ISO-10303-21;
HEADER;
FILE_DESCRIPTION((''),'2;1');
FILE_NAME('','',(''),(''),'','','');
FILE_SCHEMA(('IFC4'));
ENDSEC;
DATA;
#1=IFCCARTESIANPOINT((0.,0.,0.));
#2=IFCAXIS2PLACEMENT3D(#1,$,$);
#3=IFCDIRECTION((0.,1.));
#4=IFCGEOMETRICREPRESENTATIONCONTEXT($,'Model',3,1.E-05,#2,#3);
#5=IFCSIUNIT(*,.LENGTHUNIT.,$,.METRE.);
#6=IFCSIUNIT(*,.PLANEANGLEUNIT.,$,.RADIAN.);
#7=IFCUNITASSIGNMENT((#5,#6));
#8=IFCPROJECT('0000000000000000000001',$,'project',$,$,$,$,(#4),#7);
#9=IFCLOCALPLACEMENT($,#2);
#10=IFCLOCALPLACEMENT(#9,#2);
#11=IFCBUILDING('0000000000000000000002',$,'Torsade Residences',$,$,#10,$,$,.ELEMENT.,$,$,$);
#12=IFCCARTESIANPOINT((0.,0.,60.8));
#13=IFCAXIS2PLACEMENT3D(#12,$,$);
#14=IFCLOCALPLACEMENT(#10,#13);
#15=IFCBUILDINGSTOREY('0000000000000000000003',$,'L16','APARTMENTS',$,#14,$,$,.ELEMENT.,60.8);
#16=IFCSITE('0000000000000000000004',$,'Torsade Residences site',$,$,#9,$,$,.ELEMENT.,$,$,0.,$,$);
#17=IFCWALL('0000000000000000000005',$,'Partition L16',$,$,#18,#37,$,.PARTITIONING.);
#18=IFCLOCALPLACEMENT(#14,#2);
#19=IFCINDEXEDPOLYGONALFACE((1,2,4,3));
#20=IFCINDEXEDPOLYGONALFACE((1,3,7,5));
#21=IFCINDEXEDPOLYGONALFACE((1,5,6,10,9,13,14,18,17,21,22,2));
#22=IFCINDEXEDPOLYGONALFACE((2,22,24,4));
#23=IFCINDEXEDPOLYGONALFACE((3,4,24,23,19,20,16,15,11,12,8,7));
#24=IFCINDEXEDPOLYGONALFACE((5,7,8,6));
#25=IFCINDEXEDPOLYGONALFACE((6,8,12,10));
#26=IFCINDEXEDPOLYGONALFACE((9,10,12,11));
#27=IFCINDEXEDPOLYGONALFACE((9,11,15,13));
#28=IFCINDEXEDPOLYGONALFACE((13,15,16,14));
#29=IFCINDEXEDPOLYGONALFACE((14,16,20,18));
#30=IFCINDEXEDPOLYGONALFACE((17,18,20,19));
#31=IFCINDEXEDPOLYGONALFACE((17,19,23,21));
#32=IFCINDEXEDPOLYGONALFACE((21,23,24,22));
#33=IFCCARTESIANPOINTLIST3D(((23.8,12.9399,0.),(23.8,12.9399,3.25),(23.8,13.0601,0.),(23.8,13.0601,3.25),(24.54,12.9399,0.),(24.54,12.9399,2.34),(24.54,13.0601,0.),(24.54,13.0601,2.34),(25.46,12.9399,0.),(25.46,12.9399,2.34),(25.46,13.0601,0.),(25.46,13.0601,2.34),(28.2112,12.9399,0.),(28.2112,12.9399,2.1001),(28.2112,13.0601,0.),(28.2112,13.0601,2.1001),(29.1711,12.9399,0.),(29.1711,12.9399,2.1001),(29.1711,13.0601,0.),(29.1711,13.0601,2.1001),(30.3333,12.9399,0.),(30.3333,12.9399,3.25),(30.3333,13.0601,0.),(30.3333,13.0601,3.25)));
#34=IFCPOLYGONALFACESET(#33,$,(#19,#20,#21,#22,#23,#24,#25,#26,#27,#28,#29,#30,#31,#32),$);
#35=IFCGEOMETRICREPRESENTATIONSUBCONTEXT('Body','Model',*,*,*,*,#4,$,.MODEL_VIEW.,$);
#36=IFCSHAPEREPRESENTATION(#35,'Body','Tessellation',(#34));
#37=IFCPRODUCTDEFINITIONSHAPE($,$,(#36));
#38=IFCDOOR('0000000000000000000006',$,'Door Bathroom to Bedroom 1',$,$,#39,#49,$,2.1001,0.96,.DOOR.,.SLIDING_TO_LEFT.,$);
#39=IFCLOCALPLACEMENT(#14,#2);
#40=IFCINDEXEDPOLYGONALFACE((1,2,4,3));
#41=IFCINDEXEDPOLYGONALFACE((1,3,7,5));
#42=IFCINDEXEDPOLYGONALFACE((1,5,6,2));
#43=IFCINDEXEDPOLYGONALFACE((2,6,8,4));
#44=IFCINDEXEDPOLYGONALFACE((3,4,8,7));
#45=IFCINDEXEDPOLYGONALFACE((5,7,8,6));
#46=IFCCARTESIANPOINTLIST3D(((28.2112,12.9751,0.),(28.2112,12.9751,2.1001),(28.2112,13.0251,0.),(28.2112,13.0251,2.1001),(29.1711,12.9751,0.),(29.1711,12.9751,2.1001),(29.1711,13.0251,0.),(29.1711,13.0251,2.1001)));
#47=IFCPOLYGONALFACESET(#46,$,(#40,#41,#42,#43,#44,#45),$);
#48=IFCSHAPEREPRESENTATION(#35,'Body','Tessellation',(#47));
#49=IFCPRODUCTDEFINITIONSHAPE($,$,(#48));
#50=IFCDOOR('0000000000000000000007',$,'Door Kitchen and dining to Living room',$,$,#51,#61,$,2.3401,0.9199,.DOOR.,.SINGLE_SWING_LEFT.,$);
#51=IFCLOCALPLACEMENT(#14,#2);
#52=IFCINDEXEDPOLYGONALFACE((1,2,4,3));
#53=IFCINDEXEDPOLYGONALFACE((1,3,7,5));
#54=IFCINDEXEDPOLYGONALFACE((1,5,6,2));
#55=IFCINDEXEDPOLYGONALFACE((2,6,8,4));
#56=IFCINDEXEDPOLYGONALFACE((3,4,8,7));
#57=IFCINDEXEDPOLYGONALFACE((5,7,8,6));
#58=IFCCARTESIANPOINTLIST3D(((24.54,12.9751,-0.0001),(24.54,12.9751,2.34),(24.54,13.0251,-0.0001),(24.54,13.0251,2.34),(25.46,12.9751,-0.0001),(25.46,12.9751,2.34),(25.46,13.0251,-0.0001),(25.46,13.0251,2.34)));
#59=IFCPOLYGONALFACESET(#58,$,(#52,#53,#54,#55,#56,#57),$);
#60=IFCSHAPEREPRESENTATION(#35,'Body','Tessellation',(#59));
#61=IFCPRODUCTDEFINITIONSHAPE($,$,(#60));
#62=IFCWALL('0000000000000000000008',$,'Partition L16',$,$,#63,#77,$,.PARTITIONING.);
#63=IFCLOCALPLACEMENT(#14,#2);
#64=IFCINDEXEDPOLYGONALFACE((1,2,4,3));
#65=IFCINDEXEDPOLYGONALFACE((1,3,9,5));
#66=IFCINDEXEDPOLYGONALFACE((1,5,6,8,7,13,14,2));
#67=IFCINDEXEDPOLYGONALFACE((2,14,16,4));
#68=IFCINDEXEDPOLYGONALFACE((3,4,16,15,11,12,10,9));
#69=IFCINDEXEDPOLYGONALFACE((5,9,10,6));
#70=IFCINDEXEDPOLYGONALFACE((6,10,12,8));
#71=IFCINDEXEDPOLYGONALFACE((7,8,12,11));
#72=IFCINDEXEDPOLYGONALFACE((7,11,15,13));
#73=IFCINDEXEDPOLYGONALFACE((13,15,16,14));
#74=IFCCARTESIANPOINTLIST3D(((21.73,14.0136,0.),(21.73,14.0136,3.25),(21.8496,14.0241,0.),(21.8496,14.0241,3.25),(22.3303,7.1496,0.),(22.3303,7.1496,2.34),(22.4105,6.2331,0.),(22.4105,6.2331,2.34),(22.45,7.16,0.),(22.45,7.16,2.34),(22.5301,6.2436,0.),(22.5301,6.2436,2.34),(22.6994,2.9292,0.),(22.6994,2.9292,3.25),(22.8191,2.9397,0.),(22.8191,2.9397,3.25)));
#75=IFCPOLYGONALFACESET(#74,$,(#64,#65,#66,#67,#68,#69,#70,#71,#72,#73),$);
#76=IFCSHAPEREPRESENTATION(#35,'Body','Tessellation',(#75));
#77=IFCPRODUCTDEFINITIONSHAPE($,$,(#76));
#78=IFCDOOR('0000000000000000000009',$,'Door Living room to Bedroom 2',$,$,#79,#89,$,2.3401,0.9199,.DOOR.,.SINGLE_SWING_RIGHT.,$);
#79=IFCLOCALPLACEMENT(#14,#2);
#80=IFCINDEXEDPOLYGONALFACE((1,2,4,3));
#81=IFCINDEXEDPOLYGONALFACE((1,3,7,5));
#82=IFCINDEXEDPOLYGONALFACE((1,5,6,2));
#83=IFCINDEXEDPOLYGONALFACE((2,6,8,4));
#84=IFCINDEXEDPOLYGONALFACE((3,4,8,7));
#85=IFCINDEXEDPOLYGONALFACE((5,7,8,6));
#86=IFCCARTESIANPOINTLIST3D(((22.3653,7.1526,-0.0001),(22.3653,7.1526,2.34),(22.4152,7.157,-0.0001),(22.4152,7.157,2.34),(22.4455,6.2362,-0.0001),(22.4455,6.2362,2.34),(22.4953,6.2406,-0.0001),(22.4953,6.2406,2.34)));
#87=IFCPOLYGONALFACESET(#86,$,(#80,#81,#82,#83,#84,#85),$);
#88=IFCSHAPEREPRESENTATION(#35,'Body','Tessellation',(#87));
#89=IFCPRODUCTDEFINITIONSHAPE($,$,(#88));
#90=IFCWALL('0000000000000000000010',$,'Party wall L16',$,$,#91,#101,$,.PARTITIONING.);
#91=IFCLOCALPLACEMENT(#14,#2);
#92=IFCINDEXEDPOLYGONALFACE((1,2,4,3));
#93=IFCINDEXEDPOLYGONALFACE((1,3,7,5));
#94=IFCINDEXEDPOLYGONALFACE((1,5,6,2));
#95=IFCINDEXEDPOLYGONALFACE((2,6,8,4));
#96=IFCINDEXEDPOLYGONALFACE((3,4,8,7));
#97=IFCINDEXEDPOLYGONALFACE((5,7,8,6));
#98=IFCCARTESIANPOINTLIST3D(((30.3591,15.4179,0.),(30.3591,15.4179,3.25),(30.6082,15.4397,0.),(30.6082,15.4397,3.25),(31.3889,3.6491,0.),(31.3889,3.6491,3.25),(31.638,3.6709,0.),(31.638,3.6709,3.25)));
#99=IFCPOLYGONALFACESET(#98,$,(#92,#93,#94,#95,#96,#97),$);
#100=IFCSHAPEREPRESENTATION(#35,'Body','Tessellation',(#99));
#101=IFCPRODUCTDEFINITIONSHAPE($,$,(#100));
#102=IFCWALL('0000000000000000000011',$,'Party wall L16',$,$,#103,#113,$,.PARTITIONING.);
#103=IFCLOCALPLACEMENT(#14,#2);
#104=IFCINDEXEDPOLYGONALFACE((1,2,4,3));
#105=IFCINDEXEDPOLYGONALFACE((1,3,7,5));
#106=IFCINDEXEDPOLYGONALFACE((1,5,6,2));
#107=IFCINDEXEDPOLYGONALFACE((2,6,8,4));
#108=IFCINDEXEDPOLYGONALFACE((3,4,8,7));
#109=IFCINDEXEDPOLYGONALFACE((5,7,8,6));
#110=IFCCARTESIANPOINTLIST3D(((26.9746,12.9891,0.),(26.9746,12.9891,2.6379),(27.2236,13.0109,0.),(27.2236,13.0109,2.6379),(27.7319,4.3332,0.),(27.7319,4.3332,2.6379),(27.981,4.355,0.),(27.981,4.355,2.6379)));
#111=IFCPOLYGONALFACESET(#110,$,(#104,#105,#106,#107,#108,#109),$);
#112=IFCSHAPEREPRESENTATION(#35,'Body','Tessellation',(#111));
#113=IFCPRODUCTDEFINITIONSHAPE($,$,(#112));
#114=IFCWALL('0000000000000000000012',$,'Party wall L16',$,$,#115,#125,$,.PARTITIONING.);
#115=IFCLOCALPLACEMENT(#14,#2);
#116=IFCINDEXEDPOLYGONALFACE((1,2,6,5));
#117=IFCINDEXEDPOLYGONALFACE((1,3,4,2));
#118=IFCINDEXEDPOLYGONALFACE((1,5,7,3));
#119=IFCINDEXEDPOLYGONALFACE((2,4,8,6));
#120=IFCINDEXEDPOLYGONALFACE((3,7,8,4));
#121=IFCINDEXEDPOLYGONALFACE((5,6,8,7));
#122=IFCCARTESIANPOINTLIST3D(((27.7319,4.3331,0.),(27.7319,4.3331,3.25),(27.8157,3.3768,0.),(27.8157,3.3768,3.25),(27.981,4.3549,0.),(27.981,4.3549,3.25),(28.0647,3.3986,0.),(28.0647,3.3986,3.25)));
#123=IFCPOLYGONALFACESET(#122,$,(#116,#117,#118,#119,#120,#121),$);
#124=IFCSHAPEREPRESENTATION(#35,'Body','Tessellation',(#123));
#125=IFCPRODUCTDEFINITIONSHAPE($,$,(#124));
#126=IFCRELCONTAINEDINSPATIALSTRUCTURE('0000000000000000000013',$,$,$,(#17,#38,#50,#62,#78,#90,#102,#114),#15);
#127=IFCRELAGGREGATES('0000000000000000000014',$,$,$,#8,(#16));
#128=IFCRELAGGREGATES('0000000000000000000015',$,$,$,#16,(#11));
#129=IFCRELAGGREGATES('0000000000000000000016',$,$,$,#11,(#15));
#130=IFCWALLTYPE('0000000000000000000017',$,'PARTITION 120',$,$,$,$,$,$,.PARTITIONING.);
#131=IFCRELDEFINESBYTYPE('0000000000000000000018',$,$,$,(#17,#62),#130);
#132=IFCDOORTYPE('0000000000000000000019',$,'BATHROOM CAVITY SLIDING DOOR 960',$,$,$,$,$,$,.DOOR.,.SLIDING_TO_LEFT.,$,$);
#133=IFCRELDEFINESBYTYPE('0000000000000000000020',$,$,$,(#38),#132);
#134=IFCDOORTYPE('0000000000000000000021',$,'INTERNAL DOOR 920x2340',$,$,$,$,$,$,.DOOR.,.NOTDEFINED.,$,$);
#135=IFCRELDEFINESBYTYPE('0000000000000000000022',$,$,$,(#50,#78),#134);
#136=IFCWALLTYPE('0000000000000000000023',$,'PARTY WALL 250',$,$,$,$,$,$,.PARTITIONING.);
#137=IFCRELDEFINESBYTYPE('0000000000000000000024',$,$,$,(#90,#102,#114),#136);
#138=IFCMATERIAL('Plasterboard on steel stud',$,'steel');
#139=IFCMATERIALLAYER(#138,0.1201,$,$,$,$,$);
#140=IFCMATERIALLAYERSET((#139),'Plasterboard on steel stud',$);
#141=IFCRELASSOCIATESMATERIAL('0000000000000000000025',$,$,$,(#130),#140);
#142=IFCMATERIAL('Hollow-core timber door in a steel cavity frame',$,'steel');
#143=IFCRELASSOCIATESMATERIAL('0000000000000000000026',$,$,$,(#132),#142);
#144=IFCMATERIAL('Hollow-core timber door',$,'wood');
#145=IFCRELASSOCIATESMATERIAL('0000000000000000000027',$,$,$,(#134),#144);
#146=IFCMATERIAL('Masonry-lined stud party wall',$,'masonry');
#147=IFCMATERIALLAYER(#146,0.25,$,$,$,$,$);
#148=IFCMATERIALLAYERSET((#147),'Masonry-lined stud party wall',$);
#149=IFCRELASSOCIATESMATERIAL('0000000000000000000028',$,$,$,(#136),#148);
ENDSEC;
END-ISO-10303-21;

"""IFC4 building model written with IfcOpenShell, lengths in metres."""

from ifc_helpers import new_model, si_unit, direction, frame, frame_2d, origin, place, context, subcontext, project, spatial, rectangle, extrude, material, layer, layer_set, type_object, element, fill, save


model = new_model("IFC4")

# Units and contexts
model_context = context("Model", 3, precision=1e-05, world=origin(), true_north=direction((0.0, 1.0)))
body_context = subcontext(model_context, "Body", "Model", "MODEL_VIEW")
ifc_project = project(units=[si_unit("LENGTHUNIT", "METRE"), si_unit("PLANEANGLEUNIT", "RADIAN")], contexts=[model_context])

# Site, building, storey
site_placement = place(None, origin())
site = spatial("IfcSite", under=ifc_project, at=site_placement, Name="Torsade Residences site", CompositionType="ELEMENT", RefElevation=0.0)
building_placement = place(site_placement, origin())
building = spatial("IfcBuilding", under=site, at=building_placement, Name="Torsade Residences", CompositionType="ELEMENT")
storey_placement = place(building_placement, frame((0.0, 0.0, 60.8)))
storey = spatial("IfcBuildingStorey", under=building, at=storey_placement, Name="L16", Description="APARTMENTS", CompositionType="ELEMENT", Elevation=60.8)

# Wall, openings, doors
ifc_material_1 = material(Name="Plasterboard on steel stud", Category="steel")
ifc_layer_1 = layer(ifc_material_1, 0.1201)
ifc_layer_set_1 = layer_set([ifc_layer_1], Name="Plasterboard on steel stud")
wall_type_1 = type_object("IfcWallType", Name="PARTITION 120", PredefinedType="PARTITIONING", material=ifc_layer_set_1)
ifc_material_2 = material(Name="Hollow-core timber door in a steel cavity frame", Category="steel")
door_type_1 = type_object("IfcDoorType", Name="BATHROOM CAVITY SLIDING DOOR 960", OperationType="SLIDING_TO_LEFT", PredefinedType="DOOR", material=ifc_material_2)
ifc_material_3 = material(Name="Hollow-core timber door", Category="wood")
door_type_2 = type_object("IfcDoorType", Name="INTERNAL DOOR 920x2340", OperationType="NOTDEFINED", PredefinedType="DOOR", material=ifc_material_3)
wall_1_placement = place(storey_placement, frame((30.3333, 13.0, 0.0), z_axis=(0.0, 0.0, 1.0), x_axis=(-1.0, 0.0, 0.0)))
wall_1 = element("IfcWall", 1, at=wall_1_placement, inside=storey, type_object=wall_type_1, Name="Partition L16", PredefinedType="PARTITIONING", context=body_context, shape_type="SweptSolid", body=[
    extrude(rectangle(XDim=6.5332, YDim=0.1201, at=frame_2d((3.2666, 0.0))), origin(), (0.0, 0.0, 1.0), 3.25),
])
opening_1_placement = place(wall_1_placement, frame((4.8733, 0.0, 0.0)))
opening_1 = element("IfcOpeningElement", 2, at=opening_1_placement, cuts=wall_1, PredefinedType="OPENING", context=body_context, shape_type="SweptSolid", body=[
    extrude(rectangle(XDim=0.9199, YDim=2.3401, at=frame_2d((0.46, 1.1699))), frame((0.0, 0.0701, 0.0), z_axis=(0.0, -1.0, 0.0), x_axis=(1.0, 0.0, 0.0)), (0.0, 0.0, 1.0), 0.1401),
])
opening_2_placement = place(wall_1_placement, frame((1.1621, 0.0, 0.0)))
opening_2 = element("IfcOpeningElement", 3, at=opening_2_placement, cuts=wall_1, PredefinedType="OPENING", context=body_context, shape_type="SweptSolid", body=[
    extrude(rectangle(XDim=0.96, YDim=2.1001, at=frame_2d((0.48, 1.05))), frame((0.0, 0.0701, 0.0), z_axis=(0.0, -1.0, 0.0), x_axis=(1.0, 0.0, 0.0)), (0.0, 0.0, 1.0), 0.1401),
])
door_1_placement = place(opening_2_placement, origin())
door_1 = element("IfcDoor", 4, at=door_1_placement, inside=storey, type_object=door_type_1, Name="Door Bathroom to Bedroom 1", OperationType="SLIDING_TO_LEFT", OverallHeight=2.1001, OverallWidth=0.96, PredefinedType="DOOR", context=body_context, shape_type="SweptSolid", body=[
    extrude(rectangle(XDim=0.96, YDim=2.1001, at=frame_2d((0.48, 1.05))), frame((0.0, 0.0249, 0.0), z_axis=(0.0, -1.0, 0.0), x_axis=(1.0, 0.0, 0.0)), (0.0, 0.0, 1.0), 0.05),
])
fill(opening_2, door_1)
door_2_placement = place(opening_1_placement, origin())
door_2 = element("IfcDoor", 5, at=door_2_placement, inside=storey, type_object=door_type_2, Name="Door Kitchen and dining to Living room", OperationType="SINGLE_SWING_LEFT", OverallHeight=2.3401, OverallWidth=0.9199, PredefinedType="DOOR", context=body_context, shape_type="SweptSolid", body=[
    extrude(rectangle(XDim=0.9199, YDim=2.3401, at=frame_2d((0.46, 1.1699))), frame((0.0, 0.0249, 0.0), z_axis=(0.0, -1.0, 0.0), x_axis=(1.0, 0.0, 0.0)), (0.0, 0.0, 1.0), 0.05),
])
fill(opening_1, door_2)

# Wall, opening, door
wall_2_placement = place(storey_placement, frame((22.7593, 2.9343, 0.0), z_axis=(0.0, 0.0, 1.0), x_axis=(-0.08713, 0.996197, 0.0)))
wall_2 = element("IfcWall", 6, at=wall_2_placement, inside=storey, type_object=wall_type_1, Name="Partition L16", PredefinedType="PARTITIONING", context=body_context, shape_type="SweptSolid", body=[
    extrude(rectangle(XDim=11.1267, YDim=0.1201, at=frame_2d((5.5635, 0.0))), origin(), (0.0, 0.0, 1.0), 3.25),
])
opening_3_placement = place(wall_2_placement, frame((3.3167, 0.0, 0.0)))
opening_3 = element("IfcOpeningElement", 7, at=opening_3_placement, cuts=wall_2, PredefinedType="OPENING", context=body_context, shape_type="SweptSolid", body=[
    extrude(rectangle(XDim=0.9199, YDim=2.3401, at=frame_2d((0.46, 1.1699))), frame((0.0, 0.0701, 0.0), z_axis=(0.0, -1.0, 0.0), x_axis=(1.0, 0.0, 0.0)), (0.0, 0.0, 1.0), 0.1401),
])
door_3_placement = place(opening_3_placement, origin())
door_3 = element("IfcDoor", 8, at=door_3_placement, inside=storey, type_object=door_type_2, Name="Door Living room to Bedroom 2", OperationType="SINGLE_SWING_RIGHT", OverallHeight=2.3401, OverallWidth=0.9199, PredefinedType="DOOR", context=body_context, shape_type="SweptSolid", body=[
    extrude(rectangle(XDim=0.9199, YDim=2.3401, at=frame_2d((0.46, 1.1699))), frame((0.0, 0.0249, 0.0), z_axis=(0.0, -1.0, 0.0), x_axis=(1.0, 0.0, 0.0)), (0.0, 0.0, 1.0), 0.05),
])
fill(opening_3, door_3)

# Walls
ifc_material_4 = material(Name="Masonry-lined stud party wall", Category="masonry")
ifc_layer_2 = layer(ifc_material_4, 0.25)
ifc_layer_set_2 = layer_set([ifc_layer_2], Name="Masonry-lined stud party wall")
wall_type_2 = type_object("IfcWallType", Name="PARTY WALL 250", PredefinedType="PARTITIONING", material=ifc_layer_set_2)
wall_3_placement = place(storey_placement, frame((31.5134, 3.6602, 0.0), z_axis=(0.0, 0.0, 1.0), x_axis=(-0.087168, 0.996194, 0.0)))
element("IfcWall", 9, at=wall_3_placement, inside=storey, type_object=wall_type_2, Name="Party wall L16", PredefinedType="PARTITIONING", context=body_context, shape_type="SweptSolid", body=[
    extrude(rectangle(XDim=11.8137, YDim=0.25, at=frame_2d((5.9067, 0.0))), origin(), (0.0, 0.0, 1.0), 3.25),
])
wall_4_placement = place(storey_placement, frame((27.0991, 13.0, 0.0), z_axis=(0.0, 0.0, 1.0), x_axis=(0.087158, -0.996194, 0.0)))
element("IfcWall", 10, at=wall_4_placement, inside=storey, type_object=wall_type_2, Name="Party wall L16", PredefinedType="PARTITIONING", context=body_context, shape_type="SweptSolid", body=[
    extrude(rectangle(XDim=8.689, YDim=0.25, at=frame_2d((4.3445, 0.0))), origin(), (0.0, 0.0, 1.0), 2.6379),
])
wall_5_placement = place(storey_placement, frame((27.8564, 4.344, 0.0), z_axis=(0.0, 0.0, 1.0), x_axis=(0.087233, -0.996188, 0.0)))
element("IfcWall", 11, at=wall_5_placement, inside=storey, type_object=wall_type_2, Name="Party wall L16", PredefinedType="PARTITIONING", context=body_context, shape_type="SweptSolid", body=[
    extrude(rectangle(XDim=0.96, YDim=0.25, at=frame_2d((0.48, 0.0))), origin(), (0.0, 0.0, 1.0), 3.25),
])

save(model, "model.ifc")
